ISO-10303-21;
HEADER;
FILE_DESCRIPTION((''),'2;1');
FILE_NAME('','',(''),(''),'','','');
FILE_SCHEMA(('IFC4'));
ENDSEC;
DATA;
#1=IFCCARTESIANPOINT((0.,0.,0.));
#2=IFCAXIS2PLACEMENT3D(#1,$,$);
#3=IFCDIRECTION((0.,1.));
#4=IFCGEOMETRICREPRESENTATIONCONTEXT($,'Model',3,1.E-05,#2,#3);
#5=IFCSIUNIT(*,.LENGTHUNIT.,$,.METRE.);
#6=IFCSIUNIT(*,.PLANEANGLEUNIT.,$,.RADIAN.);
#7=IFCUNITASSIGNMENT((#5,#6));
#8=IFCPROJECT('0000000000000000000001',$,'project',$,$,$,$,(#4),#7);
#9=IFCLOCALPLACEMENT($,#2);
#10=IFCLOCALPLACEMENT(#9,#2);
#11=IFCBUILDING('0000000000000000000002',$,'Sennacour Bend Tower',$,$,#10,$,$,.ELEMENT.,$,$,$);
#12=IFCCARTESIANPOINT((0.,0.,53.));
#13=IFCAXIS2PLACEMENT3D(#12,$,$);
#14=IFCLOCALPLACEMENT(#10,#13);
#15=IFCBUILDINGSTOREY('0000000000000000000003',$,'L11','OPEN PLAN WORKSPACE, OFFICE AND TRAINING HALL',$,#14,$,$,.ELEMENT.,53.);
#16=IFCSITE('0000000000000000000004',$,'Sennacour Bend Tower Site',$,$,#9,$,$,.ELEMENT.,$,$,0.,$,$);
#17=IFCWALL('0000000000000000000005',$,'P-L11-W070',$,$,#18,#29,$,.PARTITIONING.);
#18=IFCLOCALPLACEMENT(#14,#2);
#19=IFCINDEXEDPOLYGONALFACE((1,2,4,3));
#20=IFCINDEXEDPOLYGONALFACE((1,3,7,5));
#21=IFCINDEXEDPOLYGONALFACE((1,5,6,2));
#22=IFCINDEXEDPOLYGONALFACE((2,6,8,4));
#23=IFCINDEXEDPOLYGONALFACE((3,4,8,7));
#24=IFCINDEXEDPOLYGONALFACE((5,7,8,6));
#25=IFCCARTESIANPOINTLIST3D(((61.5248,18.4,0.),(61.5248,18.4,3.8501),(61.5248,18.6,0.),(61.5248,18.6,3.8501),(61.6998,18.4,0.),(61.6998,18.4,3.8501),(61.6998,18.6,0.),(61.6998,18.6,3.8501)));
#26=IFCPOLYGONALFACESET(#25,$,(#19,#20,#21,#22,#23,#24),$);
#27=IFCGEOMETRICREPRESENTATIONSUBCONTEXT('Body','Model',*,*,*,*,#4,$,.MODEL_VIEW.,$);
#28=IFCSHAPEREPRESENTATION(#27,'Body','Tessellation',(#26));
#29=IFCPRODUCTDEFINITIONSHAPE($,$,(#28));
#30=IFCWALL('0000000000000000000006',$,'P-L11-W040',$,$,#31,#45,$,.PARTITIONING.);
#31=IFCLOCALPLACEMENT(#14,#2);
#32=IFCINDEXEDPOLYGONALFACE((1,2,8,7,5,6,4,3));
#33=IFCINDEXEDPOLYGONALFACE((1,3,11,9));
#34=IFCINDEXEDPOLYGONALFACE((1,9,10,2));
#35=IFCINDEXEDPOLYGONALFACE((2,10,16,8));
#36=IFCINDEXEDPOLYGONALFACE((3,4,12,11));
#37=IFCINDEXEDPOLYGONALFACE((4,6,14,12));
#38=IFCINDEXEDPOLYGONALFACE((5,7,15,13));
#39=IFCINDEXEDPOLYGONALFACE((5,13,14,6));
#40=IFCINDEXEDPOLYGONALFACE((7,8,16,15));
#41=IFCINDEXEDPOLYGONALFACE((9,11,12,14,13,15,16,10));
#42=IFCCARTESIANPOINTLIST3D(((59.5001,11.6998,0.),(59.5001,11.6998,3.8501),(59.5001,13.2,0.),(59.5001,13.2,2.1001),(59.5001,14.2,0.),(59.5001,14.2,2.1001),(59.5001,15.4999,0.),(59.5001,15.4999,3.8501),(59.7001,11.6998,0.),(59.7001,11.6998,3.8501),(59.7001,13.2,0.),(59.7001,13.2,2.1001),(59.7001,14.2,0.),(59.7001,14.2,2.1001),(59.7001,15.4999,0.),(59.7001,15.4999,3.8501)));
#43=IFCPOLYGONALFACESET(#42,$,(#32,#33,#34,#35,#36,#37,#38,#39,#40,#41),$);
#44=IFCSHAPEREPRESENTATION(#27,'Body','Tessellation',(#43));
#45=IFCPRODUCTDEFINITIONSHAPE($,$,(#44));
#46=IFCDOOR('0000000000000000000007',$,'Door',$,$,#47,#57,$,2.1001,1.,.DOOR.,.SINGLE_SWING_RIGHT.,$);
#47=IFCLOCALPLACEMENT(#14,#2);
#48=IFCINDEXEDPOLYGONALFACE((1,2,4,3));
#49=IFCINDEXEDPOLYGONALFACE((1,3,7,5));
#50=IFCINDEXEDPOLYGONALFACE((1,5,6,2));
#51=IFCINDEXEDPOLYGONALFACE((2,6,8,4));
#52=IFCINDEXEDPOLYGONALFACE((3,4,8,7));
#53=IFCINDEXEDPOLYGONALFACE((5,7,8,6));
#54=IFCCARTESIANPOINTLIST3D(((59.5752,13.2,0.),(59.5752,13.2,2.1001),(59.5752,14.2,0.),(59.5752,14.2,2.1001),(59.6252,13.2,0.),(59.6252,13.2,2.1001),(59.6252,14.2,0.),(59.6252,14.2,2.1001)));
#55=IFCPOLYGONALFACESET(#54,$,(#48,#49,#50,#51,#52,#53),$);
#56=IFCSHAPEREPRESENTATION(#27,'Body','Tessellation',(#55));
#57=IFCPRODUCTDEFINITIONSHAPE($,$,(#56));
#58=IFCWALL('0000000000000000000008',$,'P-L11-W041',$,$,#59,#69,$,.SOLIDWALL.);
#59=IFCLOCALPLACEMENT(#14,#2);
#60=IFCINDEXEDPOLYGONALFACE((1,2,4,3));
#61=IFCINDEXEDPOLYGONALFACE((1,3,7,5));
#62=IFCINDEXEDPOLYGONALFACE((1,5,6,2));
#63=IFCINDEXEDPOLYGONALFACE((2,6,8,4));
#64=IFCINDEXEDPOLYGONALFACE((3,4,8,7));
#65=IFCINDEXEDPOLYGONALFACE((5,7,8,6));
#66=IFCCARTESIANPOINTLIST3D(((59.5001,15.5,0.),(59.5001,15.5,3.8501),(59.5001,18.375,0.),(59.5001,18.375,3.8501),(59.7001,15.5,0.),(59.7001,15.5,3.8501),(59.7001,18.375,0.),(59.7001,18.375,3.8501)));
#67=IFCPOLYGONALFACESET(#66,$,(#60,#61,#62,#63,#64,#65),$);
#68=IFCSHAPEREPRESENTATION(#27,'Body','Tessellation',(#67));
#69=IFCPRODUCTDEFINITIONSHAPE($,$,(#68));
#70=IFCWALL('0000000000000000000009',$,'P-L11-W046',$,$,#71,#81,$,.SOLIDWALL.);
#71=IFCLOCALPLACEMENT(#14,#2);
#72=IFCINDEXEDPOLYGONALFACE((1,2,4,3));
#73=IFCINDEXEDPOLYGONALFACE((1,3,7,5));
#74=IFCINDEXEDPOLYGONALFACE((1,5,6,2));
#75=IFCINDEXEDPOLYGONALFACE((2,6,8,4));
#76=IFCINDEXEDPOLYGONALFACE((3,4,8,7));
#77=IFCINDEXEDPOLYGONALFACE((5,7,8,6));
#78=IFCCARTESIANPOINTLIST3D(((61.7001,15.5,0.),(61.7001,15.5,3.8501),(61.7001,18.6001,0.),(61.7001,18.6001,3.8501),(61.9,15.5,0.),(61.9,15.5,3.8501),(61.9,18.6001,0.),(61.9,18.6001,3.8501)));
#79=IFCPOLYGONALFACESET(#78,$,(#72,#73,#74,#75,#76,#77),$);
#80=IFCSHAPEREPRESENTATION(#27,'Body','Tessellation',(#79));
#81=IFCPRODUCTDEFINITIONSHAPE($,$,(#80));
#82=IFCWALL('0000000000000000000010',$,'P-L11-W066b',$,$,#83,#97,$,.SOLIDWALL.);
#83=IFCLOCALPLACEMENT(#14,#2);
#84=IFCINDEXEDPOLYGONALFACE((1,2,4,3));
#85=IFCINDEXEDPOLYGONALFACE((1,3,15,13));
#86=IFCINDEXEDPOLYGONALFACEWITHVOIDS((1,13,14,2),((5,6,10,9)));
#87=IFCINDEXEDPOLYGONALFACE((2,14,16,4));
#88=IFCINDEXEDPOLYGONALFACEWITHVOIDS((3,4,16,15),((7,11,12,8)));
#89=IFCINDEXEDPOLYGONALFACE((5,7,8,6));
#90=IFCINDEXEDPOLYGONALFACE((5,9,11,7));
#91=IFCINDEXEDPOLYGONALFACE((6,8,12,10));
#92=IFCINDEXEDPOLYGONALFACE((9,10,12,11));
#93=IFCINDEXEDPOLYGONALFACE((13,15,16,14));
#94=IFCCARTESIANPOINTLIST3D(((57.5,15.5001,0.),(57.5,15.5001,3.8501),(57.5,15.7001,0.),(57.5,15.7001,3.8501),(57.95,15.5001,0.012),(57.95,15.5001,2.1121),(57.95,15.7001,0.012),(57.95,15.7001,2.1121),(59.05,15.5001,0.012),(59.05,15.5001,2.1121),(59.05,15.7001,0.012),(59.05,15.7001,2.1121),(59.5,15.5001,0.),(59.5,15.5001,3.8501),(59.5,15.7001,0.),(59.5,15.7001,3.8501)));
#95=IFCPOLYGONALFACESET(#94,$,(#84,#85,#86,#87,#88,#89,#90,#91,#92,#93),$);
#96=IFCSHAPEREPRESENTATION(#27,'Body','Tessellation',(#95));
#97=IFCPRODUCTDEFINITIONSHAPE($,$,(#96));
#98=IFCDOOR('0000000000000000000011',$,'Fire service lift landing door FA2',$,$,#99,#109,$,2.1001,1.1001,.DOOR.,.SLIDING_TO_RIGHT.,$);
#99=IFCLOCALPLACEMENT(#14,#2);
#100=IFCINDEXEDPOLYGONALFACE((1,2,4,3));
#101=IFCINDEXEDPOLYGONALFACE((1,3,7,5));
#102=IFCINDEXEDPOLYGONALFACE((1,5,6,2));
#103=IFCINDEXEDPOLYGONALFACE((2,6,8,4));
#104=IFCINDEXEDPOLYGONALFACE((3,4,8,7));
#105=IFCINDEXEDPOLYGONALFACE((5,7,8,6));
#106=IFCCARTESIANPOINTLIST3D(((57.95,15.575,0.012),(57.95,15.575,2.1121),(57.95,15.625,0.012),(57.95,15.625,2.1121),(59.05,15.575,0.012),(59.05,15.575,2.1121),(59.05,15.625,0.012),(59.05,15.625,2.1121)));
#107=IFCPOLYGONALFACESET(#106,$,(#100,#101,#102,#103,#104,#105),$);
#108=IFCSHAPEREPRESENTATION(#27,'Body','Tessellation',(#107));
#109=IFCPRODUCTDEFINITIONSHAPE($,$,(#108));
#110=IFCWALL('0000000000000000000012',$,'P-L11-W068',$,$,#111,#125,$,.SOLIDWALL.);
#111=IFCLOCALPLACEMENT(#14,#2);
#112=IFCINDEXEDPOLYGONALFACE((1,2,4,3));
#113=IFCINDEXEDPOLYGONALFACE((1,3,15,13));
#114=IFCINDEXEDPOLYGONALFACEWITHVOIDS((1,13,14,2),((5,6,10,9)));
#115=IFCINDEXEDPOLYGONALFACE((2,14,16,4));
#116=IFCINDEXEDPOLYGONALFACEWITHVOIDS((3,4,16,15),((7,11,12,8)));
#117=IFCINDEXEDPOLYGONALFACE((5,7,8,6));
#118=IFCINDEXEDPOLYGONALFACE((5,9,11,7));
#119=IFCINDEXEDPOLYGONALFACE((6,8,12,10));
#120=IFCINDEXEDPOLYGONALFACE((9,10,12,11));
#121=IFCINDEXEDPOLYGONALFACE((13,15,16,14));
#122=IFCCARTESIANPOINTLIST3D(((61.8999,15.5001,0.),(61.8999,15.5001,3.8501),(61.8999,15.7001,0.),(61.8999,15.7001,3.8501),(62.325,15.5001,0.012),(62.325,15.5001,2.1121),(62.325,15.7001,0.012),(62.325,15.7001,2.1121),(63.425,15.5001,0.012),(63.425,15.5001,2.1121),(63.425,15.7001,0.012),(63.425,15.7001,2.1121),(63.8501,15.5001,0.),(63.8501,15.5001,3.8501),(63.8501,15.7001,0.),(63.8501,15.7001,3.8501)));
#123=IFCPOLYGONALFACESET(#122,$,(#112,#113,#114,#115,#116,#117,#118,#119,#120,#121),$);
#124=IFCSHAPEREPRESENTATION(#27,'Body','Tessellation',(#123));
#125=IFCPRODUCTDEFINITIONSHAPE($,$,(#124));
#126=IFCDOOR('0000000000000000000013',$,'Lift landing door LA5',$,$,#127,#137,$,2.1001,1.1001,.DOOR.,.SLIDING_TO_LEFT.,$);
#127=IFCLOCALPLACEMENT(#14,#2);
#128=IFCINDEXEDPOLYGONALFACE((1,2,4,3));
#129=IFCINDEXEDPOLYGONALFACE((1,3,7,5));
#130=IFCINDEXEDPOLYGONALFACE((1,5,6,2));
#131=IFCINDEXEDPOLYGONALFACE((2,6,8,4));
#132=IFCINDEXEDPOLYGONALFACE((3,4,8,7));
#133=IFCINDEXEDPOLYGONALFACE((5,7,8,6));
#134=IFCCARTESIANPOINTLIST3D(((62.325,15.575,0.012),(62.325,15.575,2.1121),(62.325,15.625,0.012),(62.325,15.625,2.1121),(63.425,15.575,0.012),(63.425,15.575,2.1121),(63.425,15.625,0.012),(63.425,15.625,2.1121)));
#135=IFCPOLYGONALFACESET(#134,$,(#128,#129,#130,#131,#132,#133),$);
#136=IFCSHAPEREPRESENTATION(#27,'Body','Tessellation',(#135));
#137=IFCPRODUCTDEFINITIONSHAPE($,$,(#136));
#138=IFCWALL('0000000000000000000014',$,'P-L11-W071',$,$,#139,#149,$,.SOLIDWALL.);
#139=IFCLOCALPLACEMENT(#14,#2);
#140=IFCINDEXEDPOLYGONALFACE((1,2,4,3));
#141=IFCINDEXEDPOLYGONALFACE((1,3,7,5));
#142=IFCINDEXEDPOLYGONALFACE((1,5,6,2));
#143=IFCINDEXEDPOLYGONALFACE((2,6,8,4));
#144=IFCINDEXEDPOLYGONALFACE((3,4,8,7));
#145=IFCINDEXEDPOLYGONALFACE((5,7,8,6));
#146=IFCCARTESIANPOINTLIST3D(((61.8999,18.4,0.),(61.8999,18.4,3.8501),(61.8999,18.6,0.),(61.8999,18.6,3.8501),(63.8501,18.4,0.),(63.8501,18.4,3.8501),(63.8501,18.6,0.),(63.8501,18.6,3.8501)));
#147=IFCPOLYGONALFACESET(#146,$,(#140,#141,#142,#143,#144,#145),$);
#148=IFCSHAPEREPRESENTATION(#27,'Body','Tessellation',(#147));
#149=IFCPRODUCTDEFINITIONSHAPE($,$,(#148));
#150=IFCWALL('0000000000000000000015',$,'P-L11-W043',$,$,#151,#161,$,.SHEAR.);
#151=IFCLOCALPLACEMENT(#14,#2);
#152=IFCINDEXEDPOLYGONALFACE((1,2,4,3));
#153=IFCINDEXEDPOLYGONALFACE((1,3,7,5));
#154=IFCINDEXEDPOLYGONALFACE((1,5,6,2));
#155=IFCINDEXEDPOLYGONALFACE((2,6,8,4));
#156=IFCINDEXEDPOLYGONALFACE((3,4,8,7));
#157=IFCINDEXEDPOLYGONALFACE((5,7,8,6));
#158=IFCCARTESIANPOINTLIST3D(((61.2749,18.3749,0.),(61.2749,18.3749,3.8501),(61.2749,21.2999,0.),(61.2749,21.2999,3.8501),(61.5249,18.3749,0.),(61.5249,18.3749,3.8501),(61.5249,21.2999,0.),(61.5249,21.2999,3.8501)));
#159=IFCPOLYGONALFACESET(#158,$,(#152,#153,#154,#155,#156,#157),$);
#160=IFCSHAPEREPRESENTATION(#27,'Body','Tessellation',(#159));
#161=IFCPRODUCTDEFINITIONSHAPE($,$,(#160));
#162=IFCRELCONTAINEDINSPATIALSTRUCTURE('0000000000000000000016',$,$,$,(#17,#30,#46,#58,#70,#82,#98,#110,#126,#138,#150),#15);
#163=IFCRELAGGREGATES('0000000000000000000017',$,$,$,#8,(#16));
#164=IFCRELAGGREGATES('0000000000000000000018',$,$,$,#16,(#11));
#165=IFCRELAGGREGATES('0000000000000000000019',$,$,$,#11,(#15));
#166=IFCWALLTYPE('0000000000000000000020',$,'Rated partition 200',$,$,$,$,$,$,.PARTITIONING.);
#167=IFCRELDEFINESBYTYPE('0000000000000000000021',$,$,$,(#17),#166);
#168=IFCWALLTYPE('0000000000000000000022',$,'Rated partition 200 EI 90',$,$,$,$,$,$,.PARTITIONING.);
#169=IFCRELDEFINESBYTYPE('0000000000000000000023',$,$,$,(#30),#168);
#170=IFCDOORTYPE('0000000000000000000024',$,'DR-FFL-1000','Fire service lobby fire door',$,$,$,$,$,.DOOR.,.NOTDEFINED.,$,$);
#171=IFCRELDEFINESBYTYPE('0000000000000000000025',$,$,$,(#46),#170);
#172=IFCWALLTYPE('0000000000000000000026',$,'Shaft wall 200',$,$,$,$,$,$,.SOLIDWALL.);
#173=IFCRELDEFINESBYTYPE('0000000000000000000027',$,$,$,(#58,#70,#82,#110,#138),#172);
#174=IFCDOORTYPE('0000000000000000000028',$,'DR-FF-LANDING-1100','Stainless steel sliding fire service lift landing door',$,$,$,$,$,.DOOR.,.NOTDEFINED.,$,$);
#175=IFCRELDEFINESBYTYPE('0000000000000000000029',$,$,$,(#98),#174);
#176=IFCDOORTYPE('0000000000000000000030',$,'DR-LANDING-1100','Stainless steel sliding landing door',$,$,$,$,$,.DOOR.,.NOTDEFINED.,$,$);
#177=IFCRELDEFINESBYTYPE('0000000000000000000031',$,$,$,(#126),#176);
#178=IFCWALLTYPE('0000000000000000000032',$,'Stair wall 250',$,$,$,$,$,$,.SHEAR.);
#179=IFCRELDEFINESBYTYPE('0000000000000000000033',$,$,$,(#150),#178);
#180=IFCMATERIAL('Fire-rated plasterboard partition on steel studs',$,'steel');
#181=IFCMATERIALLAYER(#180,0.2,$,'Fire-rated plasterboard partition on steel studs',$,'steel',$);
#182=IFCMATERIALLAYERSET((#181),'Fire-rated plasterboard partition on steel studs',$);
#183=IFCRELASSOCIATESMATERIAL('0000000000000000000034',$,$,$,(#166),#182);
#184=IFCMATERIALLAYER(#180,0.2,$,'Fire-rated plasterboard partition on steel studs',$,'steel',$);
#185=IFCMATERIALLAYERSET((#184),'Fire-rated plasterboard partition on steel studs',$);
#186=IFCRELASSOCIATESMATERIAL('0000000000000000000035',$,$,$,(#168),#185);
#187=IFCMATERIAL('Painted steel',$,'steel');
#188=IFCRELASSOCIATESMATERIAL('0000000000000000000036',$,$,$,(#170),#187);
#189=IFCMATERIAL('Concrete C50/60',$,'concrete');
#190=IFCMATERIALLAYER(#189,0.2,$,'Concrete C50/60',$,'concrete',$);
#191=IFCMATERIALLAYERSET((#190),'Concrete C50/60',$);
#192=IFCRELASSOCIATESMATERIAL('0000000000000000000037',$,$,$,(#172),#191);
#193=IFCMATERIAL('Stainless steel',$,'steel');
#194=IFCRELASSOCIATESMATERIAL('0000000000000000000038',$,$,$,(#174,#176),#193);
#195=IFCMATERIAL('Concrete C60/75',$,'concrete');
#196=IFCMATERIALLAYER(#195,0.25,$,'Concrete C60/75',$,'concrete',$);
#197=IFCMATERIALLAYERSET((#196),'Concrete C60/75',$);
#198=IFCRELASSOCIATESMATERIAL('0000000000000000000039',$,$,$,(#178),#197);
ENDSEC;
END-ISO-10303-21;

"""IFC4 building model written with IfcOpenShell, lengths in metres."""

from ifc_helpers import new_model, si_unit, direction, frame, frame_2d, origin, place, context, subcontext, project, spatial, rectangle, extrude, material, layer, layer_set, type_object, element, fill, save


model = new_model("IFC4")

# Units and contexts
model_context = context("Model", 3, precision=1e-05, world=origin(), true_north=direction((0.0, 1.0)))
body_context = subcontext(model_context, "Body", "Model", "MODEL_VIEW")
ifc_project = project(units=[si_unit("LENGTHUNIT", "METRE"), si_unit("PLANEANGLEUNIT", "RADIAN")], contexts=[model_context])

# Site, building, storey
site_placement = place(None, origin())
site = spatial("IfcSite", under=ifc_project, at=site_placement, Name="Sennacour Bend Tower Site", CompositionType="ELEMENT", RefElevation=0.0)
building_placement = place(site_placement, origin())
building = spatial("IfcBuilding", under=site, at=building_placement, Name="Sennacour Bend Tower", CompositionType="ELEMENT")
storey_placement = place(building_placement, frame((0.0, 0.0, 53.0)))
storey = spatial("IfcBuildingStorey", under=building, at=storey_placement, Name="L11", Description="OPEN PLAN WORKSPACE, OFFICE AND TRAINING HALL", CompositionType="ELEMENT", Elevation=53.0)

# Shared definitions
ifc_material_1 = material(Name="Fire-rated plasterboard partition on steel studs", Category="steel")
ifc_layer_1 = layer(ifc_material_1, 0.2, Name="Fire-rated plasterboard partition on steel studs", Category="steel")
ifc_layer_set_1 = layer_set([ifc_layer_1], Name="Fire-rated plasterboard partition on steel studs")
wall_type_1 = type_object("IfcWallType", Name="Rated partition 200", PredefinedType="PARTITIONING", material=ifc_layer_set_1)

# Shared definitions
ifc_material_2 = material(Name="Painted steel", Category="steel")

# Wall
wall_1_placement = place(storey_placement, frame((61.5249, 18.5, 0.0), z_axis=(0.0, 0.0, 1.0), x_axis=(1.0, 0.0, 0.0)))
element("IfcWall", 1, at=wall_1_placement, inside=storey, type_object=wall_type_1, Name="P-L11-W070", PredefinedType="PARTITIONING", context=body_context, shape_type="SweptSolid", body=[
    extrude(rectangle(XDim=0.175, YDim=0.2, at=frame_2d((0.0874, 0.0))), origin(), (0.0, 0.0, 1.0), 3.8501),
])

# Wall, opening, door
ifc_layer_2 = layer(ifc_material_1, 0.2, Name="Fire-rated plasterboard partition on steel studs", Category="steel")
ifc_layer_set_2 = layer_set([ifc_layer_2], Name="Fire-rated plasterboard partition on steel studs")
wall_type_2 = type_object("IfcWallType", Name="Rated partition 200 EI 90", PredefinedType="PARTITIONING", material=ifc_layer_set_2)
wall_2_placement = place(storey_placement, frame((59.6001, 11.7, 0.0), z_axis=(0.0, 0.0, 1.0), x_axis=(0.0, 1.0, 0.0)))
wall_2 = element("IfcWall", 2, at=wall_2_placement, inside=storey, type_object=wall_type_2, Name="P-L11-W040", PredefinedType="PARTITIONING", context=body_context, shape_type="SweptSolid", body=[
    extrude(rectangle(XDim=3.8, YDim=0.2, at=frame_2d((1.8999, 0.0))), origin(), (0.0, 0.0, 1.0), 3.8501),
])
opening_1_placement = place(wall_2_placement, frame((1.5, 0.0, 0.0)))
opening_1 = element("IfcOpeningElement", 3, at=opening_1_placement, cuts=wall_2, PredefinedType="OPENING", context=body_context, shape_type="SweptSolid", body=[
    extrude(rectangle(XDim=1.0, YDim=2.1001, at=frame_2d((0.5, 1.05))), frame((0.0, 0.1099, 0.0), z_axis=(0.0, -1.0, 0.0), x_axis=(1.0, 0.0, 0.0)), (0.0, 0.0, 1.0), 0.22),
])
door_type_1 = type_object("IfcDoorType", Name="DR-FFL-1000", Description="Fire service lobby fire door", OperationType="NOTDEFINED", PredefinedType="DOOR", material=ifc_material_2)
door_1_placement = place(opening_1_placement, origin())
door_1 = element("IfcDoor", 4, at=door_1_placement, inside=storey, type_object=door_type_1, Name="Door", OperationType="SINGLE_SWING_RIGHT", OverallHeight=2.1001, OverallWidth=1.0, PredefinedType="DOOR", context=body_context, shape_type="SweptSolid", body=[
    extrude(rectangle(XDim=1.0, YDim=2.1001, at=frame_2d((0.5, 1.05))), frame((0.0, 0.0249, 0.0), z_axis=(0.0, -1.0, 0.0), x_axis=(1.0, 0.0, 0.0)), (0.0, 0.0, 1.0), 0.05),
])
fill(opening_1, door_1)

# Walls
ifc_material_3 = material(Name="Concrete C50/60", Category="concrete")
ifc_layer_3 = layer(ifc_material_3, 0.2, Name="Concrete C50/60", Category="concrete")
ifc_layer_set_3 = layer_set([ifc_layer_3], Name="Concrete C50/60")
wall_type_3 = type_object("IfcWallType", Name="Shaft wall 200", PredefinedType="SOLIDWALL", material=ifc_layer_set_3)
wall_3_placement = place(storey_placement, frame((59.6001, 15.5, 0.0), z_axis=(0.0, 0.0, 1.0), x_axis=(0.0, 1.0, 0.0)))
element("IfcWall", 5, at=wall_3_placement, inside=storey, type_object=wall_type_3, Name="P-L11-W041", PredefinedType="SOLIDWALL", context=body_context, shape_type="SweptSolid", body=[
    extrude(rectangle(XDim=2.875, YDim=0.2, at=frame_2d((1.4375, 0.0))), origin(), (0.0, 0.0, 1.0), 3.8501),
])
wall_4_placement = place(storey_placement, frame((61.8, 15.5, 0.0), z_axis=(0.0, 0.0, 1.0), x_axis=(0.0, 1.0, 0.0)))
element("IfcWall", 6, at=wall_4_placement, inside=storey, type_object=wall_type_3, Name="P-L11-W046", PredefinedType="SOLIDWALL", context=body_context, shape_type="SweptSolid", body=[
    extrude(rectangle(XDim=3.1001, YDim=0.2, at=frame_2d((1.55, 0.0))), origin(), (0.0, 0.0, 1.0), 3.8501),
])

# Walls, openings, doors
wall_5_placement = place(storey_placement, frame((57.5, 15.6001, 0.0), z_axis=(0.0, 0.0, 1.0), x_axis=(1.0, 0.0, 0.0)))
wall_5 = element("IfcWall", 7, at=wall_5_placement, inside=storey, type_object=wall_type_3, Name="P-L11-W066b", PredefinedType="SOLIDWALL", context=body_context, shape_type="SweptSolid", body=[
    extrude(rectangle(XDim=2.0, YDim=0.2, at=frame_2d((1.0, 0.0))), origin(), (0.0, 0.0, 1.0), 3.8501),
])
opening_2_placement = place(wall_5_placement, frame((0.45, 0.0, 0.012)))
opening_2 = element("IfcOpeningElement", 8, at=opening_2_placement, cuts=wall_5, PredefinedType="OPENING", context=body_context, shape_type="SweptSolid", body=[
    extrude(rectangle(XDim=1.1001, YDim=2.1001, at=frame_2d((0.55, 1.05))), frame((0.0, 0.1099, 0.0), z_axis=(0.0, -1.0, 0.0), x_axis=(1.0, 0.0, 0.0)), (0.0, 0.0, 1.0), 0.22),
])
ifc_material_4 = material(Name="Stainless steel", Category="steel")
door_type_2 = type_object("IfcDoorType", Name="DR-FF-LANDING-1100", Description="Stainless steel sliding fire service lift landing door", OperationType="NOTDEFINED", PredefinedType="DOOR", material=ifc_material_4)
door_2_placement = place(opening_2_placement, origin())
door_2 = element("IfcDoor", 9, at=door_2_placement, inside=storey, type_object=door_type_2, Name="Fire service lift landing door FA2", OperationType="SLIDING_TO_RIGHT", OverallHeight=2.1001, OverallWidth=1.1001, PredefinedType="DOOR", context=body_context, shape_type="SweptSolid", body=[
    extrude(rectangle(XDim=1.1001, YDim=2.1001, at=frame_2d((0.55, 1.05))), frame((0.0, 0.0249, 0.0), z_axis=(0.0, -1.0, 0.0), x_axis=(1.0, 0.0, 0.0)), (0.0, 0.0, 1.0), 0.05),
])
fill(opening_2, door_2)
wall_6_placement = place(storey_placement, frame((61.8999, 15.6001, 0.0), z_axis=(0.0, 0.0, 1.0), x_axis=(1.0, 0.0, 0.0)))
wall_6 = element("IfcWall", 10, at=wall_6_placement, inside=storey, type_object=wall_type_3, Name="P-L11-W068", PredefinedType="SOLIDWALL", context=body_context, shape_type="SweptSolid", body=[
    extrude(rectangle(XDim=1.9502, YDim=0.2, at=frame_2d((0.9751, 0.0))), origin(), (0.0, 0.0, 1.0), 3.8501),
])
opening_3_placement = place(wall_6_placement, frame((0.425, 0.0, 0.012)))
opening_3 = element("IfcOpeningElement", 11, at=opening_3_placement, cuts=wall_6, PredefinedType="OPENING", context=body_context, shape_type="SweptSolid", body=[
    extrude(rectangle(XDim=1.1001, YDim=2.1001, at=frame_2d((0.55, 1.05))), frame((0.0, 0.1099, 0.0), z_axis=(0.0, -1.0, 0.0), x_axis=(1.0, 0.0, 0.0)), (0.0, 0.0, 1.0), 0.22),
])
door_type_3 = type_object("IfcDoorType", Name="DR-LANDING-1100", Description="Stainless steel sliding landing door", OperationType="NOTDEFINED", PredefinedType="DOOR", material=ifc_material_4)
door_3_placement = place(opening_3_placement, origin())
door_3 = element("IfcDoor", 12, at=door_3_placement, inside=storey, type_object=door_type_3, Name="Lift landing door LA5", OperationType="SLIDING_TO_LEFT", OverallHeight=2.1001, OverallWidth=1.1001, PredefinedType="DOOR", context=body_context, shape_type="SweptSolid", body=[
    extrude(rectangle(XDim=1.1001, YDim=2.1001, at=frame_2d((0.55, 1.05))), frame((0.0, 0.0249, 0.0), z_axis=(0.0, -1.0, 0.0), x_axis=(1.0, 0.0, 0.0)), (0.0, 0.0, 1.0), 0.05),
])
fill(opening_3, door_3)

# Walls
wall_7_placement = place(storey_placement, frame((61.8999, 18.5, 0.0), z_axis=(0.0, 0.0, 1.0), x_axis=(1.0, 0.0, 0.0)))
element("IfcWall", 13, at=wall_7_placement, inside=storey, type_object=wall_type_3, Name="P-L11-W071", PredefinedType="SOLIDWALL", context=body_context, shape_type="SweptSolid", body=[
    extrude(rectangle(XDim=1.9502, YDim=0.2, at=frame_2d((0.9751, 0.0))), origin(), (0.0, 0.0, 1.0), 3.8501),
])
ifc_material_5 = material(Name="Concrete C60/75", Category="concrete")
ifc_layer_4 = layer(ifc_material_5, 0.25, Name="Concrete C60/75", Category="concrete")
ifc_layer_set_4 = layer_set([ifc_layer_4], Name="Concrete C60/75")
wall_type_4 = type_object("IfcWallType", Name="Stair wall 250", PredefinedType="SHEAR", material=ifc_layer_set_4)
wall_8_placement = place(storey_placement, frame((61.3999, 18.375, 0.0), z_axis=(0.0, 0.0, 1.0), x_axis=(0.0, 1.0, 0.0)))
element("IfcWall", 14, at=wall_8_placement, inside=storey, type_object=wall_type_4, Name="P-L11-W043", PredefinedType="SHEAR", context=body_context, shape_type="SweptSolid", body=[
    extrude(rectangle(XDim=2.925, YDim=0.25, at=frame_2d((1.4624, 0.0))), origin(), (0.0, 0.0, 1.0), 3.8501),
])

save(model, "model.ifc")
